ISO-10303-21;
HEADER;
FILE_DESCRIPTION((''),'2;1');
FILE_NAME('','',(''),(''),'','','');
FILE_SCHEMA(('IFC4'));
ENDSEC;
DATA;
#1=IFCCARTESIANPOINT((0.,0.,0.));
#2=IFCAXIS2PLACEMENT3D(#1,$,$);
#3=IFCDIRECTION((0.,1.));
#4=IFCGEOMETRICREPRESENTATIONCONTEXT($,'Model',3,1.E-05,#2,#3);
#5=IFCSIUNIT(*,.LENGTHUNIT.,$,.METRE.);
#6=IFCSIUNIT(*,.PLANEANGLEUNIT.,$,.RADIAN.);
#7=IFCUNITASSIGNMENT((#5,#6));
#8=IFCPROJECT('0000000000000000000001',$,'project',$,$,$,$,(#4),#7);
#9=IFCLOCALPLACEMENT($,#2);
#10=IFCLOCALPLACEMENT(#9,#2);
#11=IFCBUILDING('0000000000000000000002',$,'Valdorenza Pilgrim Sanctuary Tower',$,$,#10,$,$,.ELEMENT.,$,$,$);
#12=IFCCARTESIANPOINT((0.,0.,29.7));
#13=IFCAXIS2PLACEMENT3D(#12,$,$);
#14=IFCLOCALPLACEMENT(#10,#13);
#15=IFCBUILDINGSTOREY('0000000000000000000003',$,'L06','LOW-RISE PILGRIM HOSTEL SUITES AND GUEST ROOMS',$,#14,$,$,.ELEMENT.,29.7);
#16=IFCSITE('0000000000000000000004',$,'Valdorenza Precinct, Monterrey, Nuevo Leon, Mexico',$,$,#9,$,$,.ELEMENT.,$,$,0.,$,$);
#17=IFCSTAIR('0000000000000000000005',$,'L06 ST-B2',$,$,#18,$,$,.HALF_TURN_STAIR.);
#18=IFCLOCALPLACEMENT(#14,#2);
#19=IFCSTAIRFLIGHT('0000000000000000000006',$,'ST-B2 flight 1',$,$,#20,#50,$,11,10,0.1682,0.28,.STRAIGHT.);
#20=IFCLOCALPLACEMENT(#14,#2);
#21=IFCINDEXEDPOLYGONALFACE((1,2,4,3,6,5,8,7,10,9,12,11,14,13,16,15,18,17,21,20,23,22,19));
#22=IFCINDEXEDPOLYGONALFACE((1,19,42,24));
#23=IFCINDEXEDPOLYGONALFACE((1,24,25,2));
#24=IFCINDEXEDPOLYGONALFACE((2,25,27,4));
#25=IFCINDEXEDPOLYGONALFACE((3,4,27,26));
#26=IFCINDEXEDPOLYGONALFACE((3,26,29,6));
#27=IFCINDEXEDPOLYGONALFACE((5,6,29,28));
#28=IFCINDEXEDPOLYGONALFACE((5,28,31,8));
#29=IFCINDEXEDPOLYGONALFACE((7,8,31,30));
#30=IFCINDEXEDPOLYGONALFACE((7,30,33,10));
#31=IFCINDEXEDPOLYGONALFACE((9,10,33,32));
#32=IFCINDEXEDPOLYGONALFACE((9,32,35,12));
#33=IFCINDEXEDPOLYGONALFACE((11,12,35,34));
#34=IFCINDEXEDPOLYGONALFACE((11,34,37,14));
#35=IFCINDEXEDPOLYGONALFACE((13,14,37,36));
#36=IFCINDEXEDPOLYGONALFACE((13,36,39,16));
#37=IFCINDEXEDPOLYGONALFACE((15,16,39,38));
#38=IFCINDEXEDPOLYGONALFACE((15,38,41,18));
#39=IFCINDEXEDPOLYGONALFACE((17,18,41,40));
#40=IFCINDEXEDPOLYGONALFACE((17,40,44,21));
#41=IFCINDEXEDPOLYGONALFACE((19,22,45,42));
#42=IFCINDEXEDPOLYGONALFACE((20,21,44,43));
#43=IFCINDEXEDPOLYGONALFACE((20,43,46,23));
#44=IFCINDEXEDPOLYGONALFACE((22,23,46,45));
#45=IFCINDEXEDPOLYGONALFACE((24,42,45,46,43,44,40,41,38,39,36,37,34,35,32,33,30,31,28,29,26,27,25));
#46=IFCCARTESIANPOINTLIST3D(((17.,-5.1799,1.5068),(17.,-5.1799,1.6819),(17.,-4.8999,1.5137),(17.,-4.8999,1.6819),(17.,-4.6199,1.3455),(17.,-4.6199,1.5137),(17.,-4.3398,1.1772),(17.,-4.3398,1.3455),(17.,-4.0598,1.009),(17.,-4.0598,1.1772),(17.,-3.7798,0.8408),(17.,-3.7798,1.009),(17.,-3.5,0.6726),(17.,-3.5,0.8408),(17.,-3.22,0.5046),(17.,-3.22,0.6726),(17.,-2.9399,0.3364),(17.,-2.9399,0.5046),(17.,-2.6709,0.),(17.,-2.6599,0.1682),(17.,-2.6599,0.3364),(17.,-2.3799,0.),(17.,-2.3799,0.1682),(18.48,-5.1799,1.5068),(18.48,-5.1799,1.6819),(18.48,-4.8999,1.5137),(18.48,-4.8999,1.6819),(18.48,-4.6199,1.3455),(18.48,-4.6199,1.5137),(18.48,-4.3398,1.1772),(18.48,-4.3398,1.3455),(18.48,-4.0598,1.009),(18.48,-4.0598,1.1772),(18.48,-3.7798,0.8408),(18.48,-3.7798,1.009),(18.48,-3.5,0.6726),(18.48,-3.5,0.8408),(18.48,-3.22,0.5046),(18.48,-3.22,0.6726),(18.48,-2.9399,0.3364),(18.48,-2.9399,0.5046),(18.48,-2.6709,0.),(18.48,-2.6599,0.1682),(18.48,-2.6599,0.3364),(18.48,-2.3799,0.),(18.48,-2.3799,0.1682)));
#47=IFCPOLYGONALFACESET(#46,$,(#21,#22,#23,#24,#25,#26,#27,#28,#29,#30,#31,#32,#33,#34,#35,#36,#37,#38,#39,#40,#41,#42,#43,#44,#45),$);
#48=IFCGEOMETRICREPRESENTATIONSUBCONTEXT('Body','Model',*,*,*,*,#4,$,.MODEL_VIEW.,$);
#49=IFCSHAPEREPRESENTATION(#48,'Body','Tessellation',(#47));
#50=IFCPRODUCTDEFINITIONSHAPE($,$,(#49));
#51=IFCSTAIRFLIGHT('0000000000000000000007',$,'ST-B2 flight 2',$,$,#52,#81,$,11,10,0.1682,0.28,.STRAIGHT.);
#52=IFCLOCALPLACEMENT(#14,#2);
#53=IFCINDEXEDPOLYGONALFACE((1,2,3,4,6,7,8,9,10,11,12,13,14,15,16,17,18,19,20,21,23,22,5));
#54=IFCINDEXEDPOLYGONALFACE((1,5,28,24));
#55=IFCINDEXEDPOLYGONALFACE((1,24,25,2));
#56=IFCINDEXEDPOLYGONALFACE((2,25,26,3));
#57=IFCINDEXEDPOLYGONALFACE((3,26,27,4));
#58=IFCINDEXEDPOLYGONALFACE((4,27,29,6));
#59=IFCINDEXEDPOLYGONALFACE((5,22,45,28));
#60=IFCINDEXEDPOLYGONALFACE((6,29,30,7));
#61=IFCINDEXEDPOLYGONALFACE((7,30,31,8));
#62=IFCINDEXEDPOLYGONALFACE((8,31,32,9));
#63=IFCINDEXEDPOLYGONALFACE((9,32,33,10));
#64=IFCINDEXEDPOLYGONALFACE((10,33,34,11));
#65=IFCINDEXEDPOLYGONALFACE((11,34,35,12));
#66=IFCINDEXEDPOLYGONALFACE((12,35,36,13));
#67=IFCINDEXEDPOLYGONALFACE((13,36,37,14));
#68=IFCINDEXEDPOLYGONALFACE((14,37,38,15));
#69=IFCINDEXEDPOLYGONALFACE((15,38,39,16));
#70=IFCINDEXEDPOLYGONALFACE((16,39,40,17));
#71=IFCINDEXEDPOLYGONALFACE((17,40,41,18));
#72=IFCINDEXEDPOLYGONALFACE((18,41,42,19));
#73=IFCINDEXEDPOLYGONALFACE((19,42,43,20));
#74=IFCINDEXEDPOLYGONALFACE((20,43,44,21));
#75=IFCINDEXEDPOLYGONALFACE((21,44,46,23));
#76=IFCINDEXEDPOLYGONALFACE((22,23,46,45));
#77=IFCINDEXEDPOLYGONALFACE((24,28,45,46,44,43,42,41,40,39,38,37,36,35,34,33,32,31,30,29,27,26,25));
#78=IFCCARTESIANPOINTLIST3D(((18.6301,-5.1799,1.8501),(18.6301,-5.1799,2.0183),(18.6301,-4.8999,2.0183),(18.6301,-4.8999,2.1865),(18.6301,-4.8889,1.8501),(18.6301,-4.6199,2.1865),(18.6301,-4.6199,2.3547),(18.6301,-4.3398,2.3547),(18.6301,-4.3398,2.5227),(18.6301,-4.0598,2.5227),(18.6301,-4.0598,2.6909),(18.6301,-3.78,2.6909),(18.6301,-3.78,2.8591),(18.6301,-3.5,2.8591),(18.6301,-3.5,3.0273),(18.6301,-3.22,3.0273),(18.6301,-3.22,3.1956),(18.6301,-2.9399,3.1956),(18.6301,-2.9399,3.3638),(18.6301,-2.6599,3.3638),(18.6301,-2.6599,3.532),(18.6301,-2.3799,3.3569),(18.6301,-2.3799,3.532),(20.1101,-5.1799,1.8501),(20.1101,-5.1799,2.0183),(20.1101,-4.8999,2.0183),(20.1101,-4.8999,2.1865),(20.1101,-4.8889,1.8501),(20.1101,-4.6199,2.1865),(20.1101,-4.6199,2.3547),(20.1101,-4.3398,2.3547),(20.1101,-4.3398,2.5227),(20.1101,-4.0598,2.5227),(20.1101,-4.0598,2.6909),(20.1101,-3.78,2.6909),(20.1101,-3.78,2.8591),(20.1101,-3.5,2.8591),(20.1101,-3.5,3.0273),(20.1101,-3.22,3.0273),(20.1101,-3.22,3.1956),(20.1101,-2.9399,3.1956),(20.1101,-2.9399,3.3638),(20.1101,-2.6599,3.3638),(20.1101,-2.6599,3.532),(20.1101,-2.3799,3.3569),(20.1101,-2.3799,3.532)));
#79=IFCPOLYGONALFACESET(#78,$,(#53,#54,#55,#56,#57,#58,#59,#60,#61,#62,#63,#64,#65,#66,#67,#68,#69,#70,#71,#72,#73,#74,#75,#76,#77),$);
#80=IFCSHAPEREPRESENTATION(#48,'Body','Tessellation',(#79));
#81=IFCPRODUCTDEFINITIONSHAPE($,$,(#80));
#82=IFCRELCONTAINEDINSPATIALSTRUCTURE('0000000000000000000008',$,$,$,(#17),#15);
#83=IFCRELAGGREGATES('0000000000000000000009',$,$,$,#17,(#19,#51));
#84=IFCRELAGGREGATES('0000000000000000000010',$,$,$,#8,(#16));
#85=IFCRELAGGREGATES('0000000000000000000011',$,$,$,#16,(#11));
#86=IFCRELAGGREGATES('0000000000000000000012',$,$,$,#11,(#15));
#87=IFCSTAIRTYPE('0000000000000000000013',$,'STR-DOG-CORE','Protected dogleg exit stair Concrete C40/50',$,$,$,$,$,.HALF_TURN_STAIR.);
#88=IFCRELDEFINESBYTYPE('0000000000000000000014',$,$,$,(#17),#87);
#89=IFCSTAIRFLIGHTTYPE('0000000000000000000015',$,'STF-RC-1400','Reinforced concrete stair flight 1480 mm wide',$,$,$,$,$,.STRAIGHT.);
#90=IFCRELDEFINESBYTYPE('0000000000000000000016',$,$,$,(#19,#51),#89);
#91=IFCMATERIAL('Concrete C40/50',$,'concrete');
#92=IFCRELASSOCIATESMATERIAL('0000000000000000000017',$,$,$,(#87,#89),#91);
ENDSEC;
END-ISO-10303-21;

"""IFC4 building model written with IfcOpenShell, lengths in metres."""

from ifc_helpers import new_model, si_unit, direction, frame, origin, place, context, subcontext, project, spatial, polyline, outline, extrude, material, type_object, element, aggregate, save


model = new_model("IFC4")

# Units and contexts
model_context = context("Model", 3, precision=1e-05, world=origin(), true_north=direction((0.0, 1.0)))
body_context = subcontext(model_context, "Body", "Model", "MODEL_VIEW")
ifc_project = project(units=[si_unit("LENGTHUNIT", "METRE"), si_unit("PLANEANGLEUNIT", "RADIAN")], contexts=[model_context])

# Site, building, storey
site_placement = place(None, origin())
site = spatial("IfcSite", under=ifc_project, at=site_placement, Name="Valdorenza Precinct, Monterrey, Nuevo Leon, Mexico", CompositionType="ELEMENT", RefElevation=0.0)
building_placement = place(site_placement, origin())
building = spatial("IfcBuilding", under=site, at=building_placement, Name="Valdorenza Pilgrim Sanctuary Tower", CompositionType="ELEMENT")
storey_placement = place(building_placement, frame((0.0, 0.0, 29.7)))
storey = spatial("IfcBuildingStorey", under=building, at=storey_placement, Name="L06", Description="LOW-RISE PILGRIM HOSTEL SUITES AND GUEST ROOMS", CompositionType="ELEMENT", Elevation=29.7)

# Shared definitions
ifc_material_1 = material(Name="Concrete C40/50", Category="concrete")

# Stair, stair flights
stair_type = type_object("IfcStairType", Name="STR-DOG-CORE", Description="Protected dogleg exit stair Concrete C40/50", PredefinedType="HALF_TURN_STAIR", material=ifc_material_1)
stair_placement = place(storey_placement, origin())
stair = element("IfcStair", 1, at=stair_placement, inside=storey, type_object=stair_type, Name="L06 ST-B2", PredefinedType="HALF_TURN_STAIR")
stair_flight_type = type_object("IfcStairFlightType", Name="STF-RC-1400", Description="Reinforced concrete stair flight 1480 mm wide", PredefinedType="STRAIGHT", material=ifc_material_1)
stair_flight_1_placement = place(storey_placement, frame((17.74, -2.3799, 0.0), z_axis=(0.0, 0.0, 1.0), x_axis=(0.0, -1.0, 0.0)))
stair_flight_1 = element("IfcStairFlight", 2, at=stair_flight_1_placement, type_object=stair_flight_type, Name="ST-B2 flight 1", NumberOfRisers=11, NumberOfTreads=10, PredefinedType="STRAIGHT", RiserHeight=0.1682, TreadLength=0.28, context=body_context, shape_type="SweptSolid", body=[
    extrude(outline(polyline([(0.0, 0.0), (0.0, 0.1682), (0.28, 0.1682), (0.28, 0.3364), (0.5601, 0.3364), (0.5601, 0.5046), (0.8401, 0.5046), (0.8401, 0.6726), (1.1201, 0.6726), (1.1201, 0.8408), (1.3999, 0.8408), (1.3999, 1.009), (1.6799, 1.009), (1.6799, 1.1772), (1.96, 1.1772), (1.96, 1.3455), (2.24, 1.3455), (2.24, 1.5137), (2.52, 1.5137), (2.52, 1.6819), (2.8, 1.6819), (2.8, 1.8501), (2.8, 1.5068), (0.291, 0.0), (0.0, 0.0)])), frame((0.0, 0.74, 0.0), z_axis=(0.0, -1.0, 0.0), x_axis=(1.0, 0.0, 0.0)), (0.0, 0.0, 1.0), 1.48),
])
stair_flight_2_placement = place(storey_placement, frame((19.3701, -5.1799, 1.8501), z_axis=(0.0, 0.0, 1.0), x_axis=(0.0, 1.0, 0.0)))
stair_flight_2 = element("IfcStairFlight", 3, at=stair_flight_2_placement, type_object=stair_flight_type, Name="ST-B2 flight 2", NumberOfRisers=11, NumberOfTreads=10, PredefinedType="STRAIGHT", RiserHeight=0.1682, TreadLength=0.28, context=body_context, shape_type="SweptSolid", body=[
    extrude(outline(polyline([(0.0, 0.0), (0.0, 0.1682), (0.28, 0.1682), (0.28, 0.3364), (0.5601, 0.3364), (0.5601, 0.5046), (0.8401, 0.5046), (0.8401, 0.6726), (1.1201, 0.6726), (1.1201, 0.8408), (1.3999, 0.8408), (1.3999, 1.009), (1.6799, 1.009), (1.6799, 1.1772), (1.96, 1.1772), (1.96, 1.3455), (2.24, 1.3455), (2.24, 1.5137), (2.52, 1.5137), (2.52, 1.6819), (2.8, 1.6819), (2.8, 1.8501), (2.8, 1.5068), (0.291, 0.0), (0.0, 0.0)])), frame((0.0, 0.74, 0.0), z_axis=(0.0, -1.0, 0.0), x_axis=(1.0, 0.0, 0.0)), (0.0, 0.0, 1.0), 1.48),
])
aggregate(stair, [stair_flight_1, stair_flight_2])

save(model, "model.ifc")
